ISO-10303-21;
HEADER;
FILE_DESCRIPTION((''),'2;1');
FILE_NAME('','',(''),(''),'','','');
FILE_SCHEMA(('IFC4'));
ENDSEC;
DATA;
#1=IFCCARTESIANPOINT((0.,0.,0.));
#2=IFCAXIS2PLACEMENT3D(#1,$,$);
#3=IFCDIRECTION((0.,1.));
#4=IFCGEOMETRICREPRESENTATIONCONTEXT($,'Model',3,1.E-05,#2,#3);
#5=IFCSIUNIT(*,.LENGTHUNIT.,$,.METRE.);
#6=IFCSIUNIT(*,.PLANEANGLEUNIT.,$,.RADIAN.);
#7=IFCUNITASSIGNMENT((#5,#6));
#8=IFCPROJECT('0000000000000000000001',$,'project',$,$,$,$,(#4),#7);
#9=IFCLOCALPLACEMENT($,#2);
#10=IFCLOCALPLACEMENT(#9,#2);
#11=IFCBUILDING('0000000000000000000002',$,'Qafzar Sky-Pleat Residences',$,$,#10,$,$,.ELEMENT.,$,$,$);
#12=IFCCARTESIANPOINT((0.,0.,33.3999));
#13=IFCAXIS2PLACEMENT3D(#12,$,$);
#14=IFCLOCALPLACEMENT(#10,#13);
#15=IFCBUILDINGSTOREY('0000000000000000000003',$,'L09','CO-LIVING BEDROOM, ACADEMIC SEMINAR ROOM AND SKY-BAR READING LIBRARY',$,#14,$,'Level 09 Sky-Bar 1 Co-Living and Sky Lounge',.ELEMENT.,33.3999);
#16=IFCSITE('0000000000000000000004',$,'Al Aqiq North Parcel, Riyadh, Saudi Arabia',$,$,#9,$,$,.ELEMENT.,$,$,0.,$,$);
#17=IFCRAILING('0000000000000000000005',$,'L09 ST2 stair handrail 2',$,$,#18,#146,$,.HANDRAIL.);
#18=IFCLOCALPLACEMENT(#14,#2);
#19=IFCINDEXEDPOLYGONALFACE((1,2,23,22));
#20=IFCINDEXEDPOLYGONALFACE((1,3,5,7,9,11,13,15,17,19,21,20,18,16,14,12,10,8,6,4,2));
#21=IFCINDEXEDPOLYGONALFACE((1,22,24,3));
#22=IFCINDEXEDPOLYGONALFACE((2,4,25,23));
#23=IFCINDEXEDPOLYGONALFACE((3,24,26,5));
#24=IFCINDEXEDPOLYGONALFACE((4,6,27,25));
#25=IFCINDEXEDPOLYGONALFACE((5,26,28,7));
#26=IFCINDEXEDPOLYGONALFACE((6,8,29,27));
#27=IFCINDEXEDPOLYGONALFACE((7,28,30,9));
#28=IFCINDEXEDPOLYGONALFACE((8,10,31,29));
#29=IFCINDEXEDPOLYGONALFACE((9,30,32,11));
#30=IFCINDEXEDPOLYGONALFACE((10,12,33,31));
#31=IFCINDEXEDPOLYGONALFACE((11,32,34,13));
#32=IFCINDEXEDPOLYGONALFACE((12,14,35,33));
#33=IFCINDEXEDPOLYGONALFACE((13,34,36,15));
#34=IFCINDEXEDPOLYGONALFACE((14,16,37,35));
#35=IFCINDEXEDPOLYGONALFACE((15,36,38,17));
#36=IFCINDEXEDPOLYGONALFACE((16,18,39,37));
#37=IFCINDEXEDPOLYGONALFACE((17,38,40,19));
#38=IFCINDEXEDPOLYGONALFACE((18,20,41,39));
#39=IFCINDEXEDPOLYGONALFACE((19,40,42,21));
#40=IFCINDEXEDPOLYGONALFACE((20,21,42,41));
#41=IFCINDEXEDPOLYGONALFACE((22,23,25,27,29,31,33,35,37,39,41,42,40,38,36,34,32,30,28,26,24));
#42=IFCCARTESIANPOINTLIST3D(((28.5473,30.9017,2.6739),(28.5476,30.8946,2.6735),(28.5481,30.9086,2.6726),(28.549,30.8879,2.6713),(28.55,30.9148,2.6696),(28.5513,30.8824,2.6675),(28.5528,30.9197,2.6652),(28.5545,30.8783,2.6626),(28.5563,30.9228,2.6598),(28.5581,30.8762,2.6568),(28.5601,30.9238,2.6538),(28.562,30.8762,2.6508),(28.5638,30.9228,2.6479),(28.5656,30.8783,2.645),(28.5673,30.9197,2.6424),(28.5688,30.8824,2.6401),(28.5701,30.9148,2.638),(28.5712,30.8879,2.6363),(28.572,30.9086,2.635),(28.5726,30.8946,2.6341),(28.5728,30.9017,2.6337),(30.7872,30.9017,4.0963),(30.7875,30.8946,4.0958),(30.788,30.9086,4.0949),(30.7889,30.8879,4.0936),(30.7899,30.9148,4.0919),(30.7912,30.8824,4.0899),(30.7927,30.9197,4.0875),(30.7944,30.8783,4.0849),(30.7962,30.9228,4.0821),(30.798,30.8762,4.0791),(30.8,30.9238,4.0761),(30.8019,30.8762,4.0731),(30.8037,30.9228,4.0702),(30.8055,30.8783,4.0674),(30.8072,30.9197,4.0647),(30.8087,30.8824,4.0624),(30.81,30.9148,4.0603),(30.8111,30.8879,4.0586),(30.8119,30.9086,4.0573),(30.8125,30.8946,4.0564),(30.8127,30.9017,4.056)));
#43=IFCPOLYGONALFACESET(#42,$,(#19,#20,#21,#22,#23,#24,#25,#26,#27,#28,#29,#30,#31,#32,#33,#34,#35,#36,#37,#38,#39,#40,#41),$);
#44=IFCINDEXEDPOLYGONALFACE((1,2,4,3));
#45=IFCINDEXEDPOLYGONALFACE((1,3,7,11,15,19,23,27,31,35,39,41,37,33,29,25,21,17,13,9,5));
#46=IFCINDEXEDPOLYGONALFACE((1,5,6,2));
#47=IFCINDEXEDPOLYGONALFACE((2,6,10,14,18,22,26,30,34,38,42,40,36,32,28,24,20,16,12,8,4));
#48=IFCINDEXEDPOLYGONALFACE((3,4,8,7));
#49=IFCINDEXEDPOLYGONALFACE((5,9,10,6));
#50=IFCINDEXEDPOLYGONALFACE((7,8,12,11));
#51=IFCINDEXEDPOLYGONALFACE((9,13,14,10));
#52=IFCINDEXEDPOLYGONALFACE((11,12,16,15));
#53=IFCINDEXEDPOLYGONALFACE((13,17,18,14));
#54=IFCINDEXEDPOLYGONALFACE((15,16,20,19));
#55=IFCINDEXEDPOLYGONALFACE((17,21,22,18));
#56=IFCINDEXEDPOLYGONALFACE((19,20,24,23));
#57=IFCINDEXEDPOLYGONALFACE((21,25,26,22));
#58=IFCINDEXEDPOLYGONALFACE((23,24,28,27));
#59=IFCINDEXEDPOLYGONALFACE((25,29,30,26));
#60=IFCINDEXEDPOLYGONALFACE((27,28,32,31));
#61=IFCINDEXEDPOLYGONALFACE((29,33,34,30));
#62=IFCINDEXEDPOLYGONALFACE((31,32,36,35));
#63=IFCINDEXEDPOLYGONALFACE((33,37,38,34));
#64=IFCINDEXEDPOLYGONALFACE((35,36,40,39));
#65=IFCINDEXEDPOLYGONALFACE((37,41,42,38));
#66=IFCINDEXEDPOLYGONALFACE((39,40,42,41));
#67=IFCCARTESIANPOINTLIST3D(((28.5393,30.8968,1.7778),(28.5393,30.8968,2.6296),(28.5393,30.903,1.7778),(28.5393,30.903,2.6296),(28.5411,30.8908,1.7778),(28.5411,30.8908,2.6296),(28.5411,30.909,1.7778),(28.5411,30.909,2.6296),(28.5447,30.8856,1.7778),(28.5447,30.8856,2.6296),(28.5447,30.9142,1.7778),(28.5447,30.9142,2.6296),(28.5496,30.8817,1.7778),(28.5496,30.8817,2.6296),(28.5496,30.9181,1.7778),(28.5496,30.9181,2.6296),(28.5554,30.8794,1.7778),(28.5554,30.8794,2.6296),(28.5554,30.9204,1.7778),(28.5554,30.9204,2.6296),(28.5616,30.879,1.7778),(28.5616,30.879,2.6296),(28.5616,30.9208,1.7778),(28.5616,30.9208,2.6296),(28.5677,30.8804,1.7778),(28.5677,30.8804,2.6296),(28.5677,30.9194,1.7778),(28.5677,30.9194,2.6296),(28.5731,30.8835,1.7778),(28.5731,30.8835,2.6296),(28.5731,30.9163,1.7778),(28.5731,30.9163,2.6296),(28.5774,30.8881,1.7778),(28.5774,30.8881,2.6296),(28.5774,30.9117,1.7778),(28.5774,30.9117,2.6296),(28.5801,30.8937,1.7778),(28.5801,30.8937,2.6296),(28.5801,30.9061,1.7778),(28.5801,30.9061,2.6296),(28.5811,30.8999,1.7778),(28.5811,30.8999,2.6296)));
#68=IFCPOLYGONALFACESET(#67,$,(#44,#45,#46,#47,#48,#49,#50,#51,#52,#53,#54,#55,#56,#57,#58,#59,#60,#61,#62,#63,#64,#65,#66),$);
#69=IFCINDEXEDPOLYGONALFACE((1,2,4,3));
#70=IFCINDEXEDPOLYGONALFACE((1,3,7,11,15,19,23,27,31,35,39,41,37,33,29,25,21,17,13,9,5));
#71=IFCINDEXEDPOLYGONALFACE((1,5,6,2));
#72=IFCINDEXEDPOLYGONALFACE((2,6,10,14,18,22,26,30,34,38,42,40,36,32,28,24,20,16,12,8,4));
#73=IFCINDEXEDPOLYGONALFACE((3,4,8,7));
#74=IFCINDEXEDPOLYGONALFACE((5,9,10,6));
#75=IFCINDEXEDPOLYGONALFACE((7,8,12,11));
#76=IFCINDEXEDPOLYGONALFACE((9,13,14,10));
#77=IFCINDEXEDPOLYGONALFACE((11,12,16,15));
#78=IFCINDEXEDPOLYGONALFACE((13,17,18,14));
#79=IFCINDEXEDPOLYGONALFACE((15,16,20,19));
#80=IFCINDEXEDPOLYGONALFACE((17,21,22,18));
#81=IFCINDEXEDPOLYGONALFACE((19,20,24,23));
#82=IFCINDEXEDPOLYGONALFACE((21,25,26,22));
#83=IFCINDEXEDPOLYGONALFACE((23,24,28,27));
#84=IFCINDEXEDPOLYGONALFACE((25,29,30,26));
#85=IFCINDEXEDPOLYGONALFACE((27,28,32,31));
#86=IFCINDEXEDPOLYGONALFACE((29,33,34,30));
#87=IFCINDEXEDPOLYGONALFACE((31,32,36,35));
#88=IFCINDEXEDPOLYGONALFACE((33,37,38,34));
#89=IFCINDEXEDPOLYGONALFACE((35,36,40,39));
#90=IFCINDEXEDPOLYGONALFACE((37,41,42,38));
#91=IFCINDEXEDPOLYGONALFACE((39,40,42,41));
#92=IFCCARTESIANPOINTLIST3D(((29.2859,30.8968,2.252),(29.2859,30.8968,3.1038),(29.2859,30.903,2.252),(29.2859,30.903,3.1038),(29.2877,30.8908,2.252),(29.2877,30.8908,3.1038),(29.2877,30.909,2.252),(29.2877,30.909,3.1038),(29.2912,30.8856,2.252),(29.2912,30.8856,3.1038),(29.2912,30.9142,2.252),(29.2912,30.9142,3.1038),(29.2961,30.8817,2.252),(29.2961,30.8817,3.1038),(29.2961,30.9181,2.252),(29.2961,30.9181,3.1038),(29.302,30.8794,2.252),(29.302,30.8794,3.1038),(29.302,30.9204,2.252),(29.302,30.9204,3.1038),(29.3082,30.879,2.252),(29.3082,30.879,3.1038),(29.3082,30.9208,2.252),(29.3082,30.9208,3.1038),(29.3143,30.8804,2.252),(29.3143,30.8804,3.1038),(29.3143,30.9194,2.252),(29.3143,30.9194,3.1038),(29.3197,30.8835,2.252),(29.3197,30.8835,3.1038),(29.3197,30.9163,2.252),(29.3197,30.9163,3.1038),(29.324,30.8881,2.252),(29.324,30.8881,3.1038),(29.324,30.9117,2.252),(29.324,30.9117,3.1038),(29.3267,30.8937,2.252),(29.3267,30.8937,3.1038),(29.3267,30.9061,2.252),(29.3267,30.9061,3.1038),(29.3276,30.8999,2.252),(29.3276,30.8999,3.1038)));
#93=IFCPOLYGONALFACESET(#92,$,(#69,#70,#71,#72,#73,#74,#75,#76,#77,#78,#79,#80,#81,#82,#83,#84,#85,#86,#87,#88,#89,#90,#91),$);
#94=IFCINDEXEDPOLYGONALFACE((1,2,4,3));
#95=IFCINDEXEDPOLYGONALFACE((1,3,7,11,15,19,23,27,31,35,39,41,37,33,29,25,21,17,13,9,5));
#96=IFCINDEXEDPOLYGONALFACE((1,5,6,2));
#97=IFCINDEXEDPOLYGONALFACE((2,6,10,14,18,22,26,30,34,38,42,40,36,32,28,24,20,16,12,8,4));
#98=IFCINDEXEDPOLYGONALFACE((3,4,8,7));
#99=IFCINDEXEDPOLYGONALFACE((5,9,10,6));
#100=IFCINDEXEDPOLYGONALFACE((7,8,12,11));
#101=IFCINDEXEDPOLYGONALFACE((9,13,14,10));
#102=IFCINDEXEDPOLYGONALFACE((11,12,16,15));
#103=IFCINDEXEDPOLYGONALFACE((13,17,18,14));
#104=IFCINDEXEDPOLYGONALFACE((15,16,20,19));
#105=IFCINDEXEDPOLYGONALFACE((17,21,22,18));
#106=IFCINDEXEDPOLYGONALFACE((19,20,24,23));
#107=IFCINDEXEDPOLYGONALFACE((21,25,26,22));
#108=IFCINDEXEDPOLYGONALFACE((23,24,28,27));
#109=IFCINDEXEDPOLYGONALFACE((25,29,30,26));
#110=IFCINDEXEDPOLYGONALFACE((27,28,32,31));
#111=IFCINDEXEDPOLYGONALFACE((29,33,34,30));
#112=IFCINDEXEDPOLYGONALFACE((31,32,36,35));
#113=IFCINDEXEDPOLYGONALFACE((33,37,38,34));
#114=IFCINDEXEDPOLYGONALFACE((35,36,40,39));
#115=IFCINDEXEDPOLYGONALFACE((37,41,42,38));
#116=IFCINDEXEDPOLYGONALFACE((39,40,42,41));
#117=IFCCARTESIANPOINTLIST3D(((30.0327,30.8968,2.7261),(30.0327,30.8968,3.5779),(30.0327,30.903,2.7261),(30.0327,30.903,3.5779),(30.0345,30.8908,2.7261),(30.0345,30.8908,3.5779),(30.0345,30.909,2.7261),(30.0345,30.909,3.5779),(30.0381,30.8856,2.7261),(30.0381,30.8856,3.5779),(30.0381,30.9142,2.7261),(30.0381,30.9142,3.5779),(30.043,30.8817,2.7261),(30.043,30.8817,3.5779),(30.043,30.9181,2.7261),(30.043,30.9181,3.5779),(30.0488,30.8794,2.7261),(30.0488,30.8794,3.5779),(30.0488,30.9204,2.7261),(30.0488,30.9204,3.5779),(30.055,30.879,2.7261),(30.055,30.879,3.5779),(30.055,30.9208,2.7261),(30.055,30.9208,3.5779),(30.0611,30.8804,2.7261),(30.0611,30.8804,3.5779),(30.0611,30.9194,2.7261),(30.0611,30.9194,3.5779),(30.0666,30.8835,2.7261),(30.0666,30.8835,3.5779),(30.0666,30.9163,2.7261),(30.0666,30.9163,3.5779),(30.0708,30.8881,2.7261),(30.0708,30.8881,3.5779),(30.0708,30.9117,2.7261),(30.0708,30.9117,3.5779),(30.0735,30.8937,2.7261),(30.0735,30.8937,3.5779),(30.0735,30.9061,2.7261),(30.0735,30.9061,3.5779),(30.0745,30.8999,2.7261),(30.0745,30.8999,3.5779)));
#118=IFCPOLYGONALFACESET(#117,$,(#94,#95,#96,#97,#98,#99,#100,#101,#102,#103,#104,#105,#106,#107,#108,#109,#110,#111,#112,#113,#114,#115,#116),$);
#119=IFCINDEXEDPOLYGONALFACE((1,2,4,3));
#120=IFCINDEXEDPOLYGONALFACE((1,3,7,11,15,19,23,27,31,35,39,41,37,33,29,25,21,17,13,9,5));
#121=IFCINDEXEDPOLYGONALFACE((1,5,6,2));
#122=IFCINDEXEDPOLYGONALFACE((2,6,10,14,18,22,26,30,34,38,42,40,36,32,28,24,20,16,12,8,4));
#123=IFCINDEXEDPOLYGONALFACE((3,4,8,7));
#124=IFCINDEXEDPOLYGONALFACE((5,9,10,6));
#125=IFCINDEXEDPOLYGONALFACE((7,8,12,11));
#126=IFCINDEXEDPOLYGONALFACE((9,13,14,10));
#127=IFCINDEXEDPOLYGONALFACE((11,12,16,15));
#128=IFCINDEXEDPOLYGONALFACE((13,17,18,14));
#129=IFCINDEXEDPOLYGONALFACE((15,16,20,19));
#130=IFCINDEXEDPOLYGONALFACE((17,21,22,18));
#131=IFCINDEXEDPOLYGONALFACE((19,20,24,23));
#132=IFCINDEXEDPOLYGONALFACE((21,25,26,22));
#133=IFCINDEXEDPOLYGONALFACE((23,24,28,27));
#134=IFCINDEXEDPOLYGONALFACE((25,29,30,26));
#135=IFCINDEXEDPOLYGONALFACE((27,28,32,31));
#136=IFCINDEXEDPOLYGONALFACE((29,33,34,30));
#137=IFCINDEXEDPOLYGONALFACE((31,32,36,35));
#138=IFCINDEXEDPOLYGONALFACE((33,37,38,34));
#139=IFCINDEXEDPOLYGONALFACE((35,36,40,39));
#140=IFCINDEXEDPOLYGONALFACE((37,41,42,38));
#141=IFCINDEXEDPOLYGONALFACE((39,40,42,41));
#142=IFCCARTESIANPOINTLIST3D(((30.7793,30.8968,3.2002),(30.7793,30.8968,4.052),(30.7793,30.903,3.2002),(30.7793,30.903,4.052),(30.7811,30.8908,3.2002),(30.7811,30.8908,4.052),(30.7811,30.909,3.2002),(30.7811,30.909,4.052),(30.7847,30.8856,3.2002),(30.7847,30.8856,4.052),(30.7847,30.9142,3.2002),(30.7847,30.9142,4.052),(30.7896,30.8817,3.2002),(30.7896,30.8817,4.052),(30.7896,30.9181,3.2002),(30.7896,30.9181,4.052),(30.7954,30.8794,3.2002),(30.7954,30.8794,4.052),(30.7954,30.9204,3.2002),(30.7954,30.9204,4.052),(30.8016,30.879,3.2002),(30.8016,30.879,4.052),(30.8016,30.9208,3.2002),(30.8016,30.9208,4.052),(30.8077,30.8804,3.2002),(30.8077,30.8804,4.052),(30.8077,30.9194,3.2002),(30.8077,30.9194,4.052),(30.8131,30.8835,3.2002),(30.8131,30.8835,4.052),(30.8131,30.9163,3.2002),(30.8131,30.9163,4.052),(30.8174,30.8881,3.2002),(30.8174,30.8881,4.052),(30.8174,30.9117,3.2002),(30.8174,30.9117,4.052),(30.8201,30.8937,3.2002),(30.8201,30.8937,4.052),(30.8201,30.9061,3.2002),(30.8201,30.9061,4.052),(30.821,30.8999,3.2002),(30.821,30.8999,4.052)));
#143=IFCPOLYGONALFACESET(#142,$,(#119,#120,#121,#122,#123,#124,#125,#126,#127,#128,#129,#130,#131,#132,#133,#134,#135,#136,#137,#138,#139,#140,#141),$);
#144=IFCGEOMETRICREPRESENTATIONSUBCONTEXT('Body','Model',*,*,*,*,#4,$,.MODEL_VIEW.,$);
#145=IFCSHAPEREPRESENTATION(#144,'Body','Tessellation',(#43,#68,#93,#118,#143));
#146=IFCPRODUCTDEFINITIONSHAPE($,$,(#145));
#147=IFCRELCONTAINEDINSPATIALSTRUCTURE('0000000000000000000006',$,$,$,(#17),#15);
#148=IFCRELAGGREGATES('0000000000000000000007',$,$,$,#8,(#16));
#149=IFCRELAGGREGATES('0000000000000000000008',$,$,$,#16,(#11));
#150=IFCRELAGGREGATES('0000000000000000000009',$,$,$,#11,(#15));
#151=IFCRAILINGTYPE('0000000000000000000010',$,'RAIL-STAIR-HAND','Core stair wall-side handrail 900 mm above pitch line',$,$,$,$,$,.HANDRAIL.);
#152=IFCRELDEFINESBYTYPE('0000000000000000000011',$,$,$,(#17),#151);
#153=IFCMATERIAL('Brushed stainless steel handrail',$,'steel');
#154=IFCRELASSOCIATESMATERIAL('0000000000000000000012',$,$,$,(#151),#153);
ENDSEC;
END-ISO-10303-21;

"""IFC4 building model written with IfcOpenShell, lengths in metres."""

from ifc_helpers import new_model, si_unit, direction, frame, origin, origin_2d, place, context, subcontext, project, spatial, circle, extrude, source, transform, mapped, material, type_object, element, save


model = new_model("IFC4")

# Units and contexts
model_context = context("Model", 3, precision=1e-05, world=origin(), true_north=direction((0.0, 1.0)))
body_context = subcontext(model_context, "Body", "Model", "MODEL_VIEW")
ifc_project = project(units=[si_unit("LENGTHUNIT", "METRE"), si_unit("PLANEANGLEUNIT", "RADIAN")], contexts=[model_context])

# Site, building, storey
site_placement = place(None, origin())
site = spatial("IfcSite", under=ifc_project, at=site_placement, Name="Al Aqiq North Parcel, Riyadh, Saudi Arabia", CompositionType="ELEMENT", RefElevation=0.0)
building_placement = place(site_placement, origin())
building = spatial("IfcBuilding", under=site, at=building_placement, Name="Qafzar Sky-Pleat Residences", CompositionType="ELEMENT")
storey_placement = place(building_placement, frame((0.0, 0.0, 33.3999)))
storey = spatial("IfcBuildingStorey", under=building, at=storey_placement, Name="L09", Description="CO-LIVING BEDROOM, ACADEMIC SEMINAR ROOM AND SKY-BAR READING LIBRARY", LongName="Level 09 Sky-Bar 1 Co-Living and Sky Lounge", CompositionType="ELEMENT", Elevation=33.3999)

# Railing
ifc_material_1 = material(Name="Brushed stainless steel handrail", Category="steel")
railing_type_1 = type_object("IfcRailingType", Name="RAIL-STAIR-HAND", Description="Core stair wall-side handrail 900 mm above pitch line", PredefinedType="HANDRAIL", material=ifc_material_1)
shared_shape_1 = source(origin(), body_context, "Body", "SweptSolid", [
    extrude(circle(Radius=0.0239, at=origin_2d()), frame((0.0, 0.0, 0.876), z_axis=(0.844188, 0.0, 0.536048), x_axis=(0.0, 1.0, 0.0)), (0.0, 0.0, 1.0), 2.6533),
    extrude(circle(Radius=0.021, at=origin_2d()), origin(), (0.0, 0.0, 1.0), 0.8518),
    extrude(circle(Radius=0.021, at=origin_2d()), frame((0.7466, 0.0, 0.4741)), (0.0, 0.0, 1.0), 0.8518),
    extrude(circle(Radius=0.021, at=origin_2d()), frame((1.4934, 0.0, 0.9482)), (0.0, 0.0, 1.0), 0.8518),
    extrude(circle(Radius=0.021, at=origin_2d()), frame((2.24, 0.0, 1.4224)), (0.0, 0.0, 1.0), 0.8518),
])
railing_1_placement = place(storey_placement, frame((28.5601, 30.8999, 1.7778)))
element("IfcRailing", 1, at=railing_1_placement, inside=storey, type_object=railing_type_1, Name="L09 ST2 stair handrail 2", PredefinedType="HANDRAIL", context=body_context, shape_type="MappedRepresentation", body=[
    mapped(shared_shape_1, transform((0.0, 0.0, 0.0), x_axis=(1.0, 0.0, 0.0), y_axis=(0.0, 1.0, 0.0), z_axis=(0.0, 0.0, 1.0), scale=1.0)),
])

save(model, "model.ifc")
